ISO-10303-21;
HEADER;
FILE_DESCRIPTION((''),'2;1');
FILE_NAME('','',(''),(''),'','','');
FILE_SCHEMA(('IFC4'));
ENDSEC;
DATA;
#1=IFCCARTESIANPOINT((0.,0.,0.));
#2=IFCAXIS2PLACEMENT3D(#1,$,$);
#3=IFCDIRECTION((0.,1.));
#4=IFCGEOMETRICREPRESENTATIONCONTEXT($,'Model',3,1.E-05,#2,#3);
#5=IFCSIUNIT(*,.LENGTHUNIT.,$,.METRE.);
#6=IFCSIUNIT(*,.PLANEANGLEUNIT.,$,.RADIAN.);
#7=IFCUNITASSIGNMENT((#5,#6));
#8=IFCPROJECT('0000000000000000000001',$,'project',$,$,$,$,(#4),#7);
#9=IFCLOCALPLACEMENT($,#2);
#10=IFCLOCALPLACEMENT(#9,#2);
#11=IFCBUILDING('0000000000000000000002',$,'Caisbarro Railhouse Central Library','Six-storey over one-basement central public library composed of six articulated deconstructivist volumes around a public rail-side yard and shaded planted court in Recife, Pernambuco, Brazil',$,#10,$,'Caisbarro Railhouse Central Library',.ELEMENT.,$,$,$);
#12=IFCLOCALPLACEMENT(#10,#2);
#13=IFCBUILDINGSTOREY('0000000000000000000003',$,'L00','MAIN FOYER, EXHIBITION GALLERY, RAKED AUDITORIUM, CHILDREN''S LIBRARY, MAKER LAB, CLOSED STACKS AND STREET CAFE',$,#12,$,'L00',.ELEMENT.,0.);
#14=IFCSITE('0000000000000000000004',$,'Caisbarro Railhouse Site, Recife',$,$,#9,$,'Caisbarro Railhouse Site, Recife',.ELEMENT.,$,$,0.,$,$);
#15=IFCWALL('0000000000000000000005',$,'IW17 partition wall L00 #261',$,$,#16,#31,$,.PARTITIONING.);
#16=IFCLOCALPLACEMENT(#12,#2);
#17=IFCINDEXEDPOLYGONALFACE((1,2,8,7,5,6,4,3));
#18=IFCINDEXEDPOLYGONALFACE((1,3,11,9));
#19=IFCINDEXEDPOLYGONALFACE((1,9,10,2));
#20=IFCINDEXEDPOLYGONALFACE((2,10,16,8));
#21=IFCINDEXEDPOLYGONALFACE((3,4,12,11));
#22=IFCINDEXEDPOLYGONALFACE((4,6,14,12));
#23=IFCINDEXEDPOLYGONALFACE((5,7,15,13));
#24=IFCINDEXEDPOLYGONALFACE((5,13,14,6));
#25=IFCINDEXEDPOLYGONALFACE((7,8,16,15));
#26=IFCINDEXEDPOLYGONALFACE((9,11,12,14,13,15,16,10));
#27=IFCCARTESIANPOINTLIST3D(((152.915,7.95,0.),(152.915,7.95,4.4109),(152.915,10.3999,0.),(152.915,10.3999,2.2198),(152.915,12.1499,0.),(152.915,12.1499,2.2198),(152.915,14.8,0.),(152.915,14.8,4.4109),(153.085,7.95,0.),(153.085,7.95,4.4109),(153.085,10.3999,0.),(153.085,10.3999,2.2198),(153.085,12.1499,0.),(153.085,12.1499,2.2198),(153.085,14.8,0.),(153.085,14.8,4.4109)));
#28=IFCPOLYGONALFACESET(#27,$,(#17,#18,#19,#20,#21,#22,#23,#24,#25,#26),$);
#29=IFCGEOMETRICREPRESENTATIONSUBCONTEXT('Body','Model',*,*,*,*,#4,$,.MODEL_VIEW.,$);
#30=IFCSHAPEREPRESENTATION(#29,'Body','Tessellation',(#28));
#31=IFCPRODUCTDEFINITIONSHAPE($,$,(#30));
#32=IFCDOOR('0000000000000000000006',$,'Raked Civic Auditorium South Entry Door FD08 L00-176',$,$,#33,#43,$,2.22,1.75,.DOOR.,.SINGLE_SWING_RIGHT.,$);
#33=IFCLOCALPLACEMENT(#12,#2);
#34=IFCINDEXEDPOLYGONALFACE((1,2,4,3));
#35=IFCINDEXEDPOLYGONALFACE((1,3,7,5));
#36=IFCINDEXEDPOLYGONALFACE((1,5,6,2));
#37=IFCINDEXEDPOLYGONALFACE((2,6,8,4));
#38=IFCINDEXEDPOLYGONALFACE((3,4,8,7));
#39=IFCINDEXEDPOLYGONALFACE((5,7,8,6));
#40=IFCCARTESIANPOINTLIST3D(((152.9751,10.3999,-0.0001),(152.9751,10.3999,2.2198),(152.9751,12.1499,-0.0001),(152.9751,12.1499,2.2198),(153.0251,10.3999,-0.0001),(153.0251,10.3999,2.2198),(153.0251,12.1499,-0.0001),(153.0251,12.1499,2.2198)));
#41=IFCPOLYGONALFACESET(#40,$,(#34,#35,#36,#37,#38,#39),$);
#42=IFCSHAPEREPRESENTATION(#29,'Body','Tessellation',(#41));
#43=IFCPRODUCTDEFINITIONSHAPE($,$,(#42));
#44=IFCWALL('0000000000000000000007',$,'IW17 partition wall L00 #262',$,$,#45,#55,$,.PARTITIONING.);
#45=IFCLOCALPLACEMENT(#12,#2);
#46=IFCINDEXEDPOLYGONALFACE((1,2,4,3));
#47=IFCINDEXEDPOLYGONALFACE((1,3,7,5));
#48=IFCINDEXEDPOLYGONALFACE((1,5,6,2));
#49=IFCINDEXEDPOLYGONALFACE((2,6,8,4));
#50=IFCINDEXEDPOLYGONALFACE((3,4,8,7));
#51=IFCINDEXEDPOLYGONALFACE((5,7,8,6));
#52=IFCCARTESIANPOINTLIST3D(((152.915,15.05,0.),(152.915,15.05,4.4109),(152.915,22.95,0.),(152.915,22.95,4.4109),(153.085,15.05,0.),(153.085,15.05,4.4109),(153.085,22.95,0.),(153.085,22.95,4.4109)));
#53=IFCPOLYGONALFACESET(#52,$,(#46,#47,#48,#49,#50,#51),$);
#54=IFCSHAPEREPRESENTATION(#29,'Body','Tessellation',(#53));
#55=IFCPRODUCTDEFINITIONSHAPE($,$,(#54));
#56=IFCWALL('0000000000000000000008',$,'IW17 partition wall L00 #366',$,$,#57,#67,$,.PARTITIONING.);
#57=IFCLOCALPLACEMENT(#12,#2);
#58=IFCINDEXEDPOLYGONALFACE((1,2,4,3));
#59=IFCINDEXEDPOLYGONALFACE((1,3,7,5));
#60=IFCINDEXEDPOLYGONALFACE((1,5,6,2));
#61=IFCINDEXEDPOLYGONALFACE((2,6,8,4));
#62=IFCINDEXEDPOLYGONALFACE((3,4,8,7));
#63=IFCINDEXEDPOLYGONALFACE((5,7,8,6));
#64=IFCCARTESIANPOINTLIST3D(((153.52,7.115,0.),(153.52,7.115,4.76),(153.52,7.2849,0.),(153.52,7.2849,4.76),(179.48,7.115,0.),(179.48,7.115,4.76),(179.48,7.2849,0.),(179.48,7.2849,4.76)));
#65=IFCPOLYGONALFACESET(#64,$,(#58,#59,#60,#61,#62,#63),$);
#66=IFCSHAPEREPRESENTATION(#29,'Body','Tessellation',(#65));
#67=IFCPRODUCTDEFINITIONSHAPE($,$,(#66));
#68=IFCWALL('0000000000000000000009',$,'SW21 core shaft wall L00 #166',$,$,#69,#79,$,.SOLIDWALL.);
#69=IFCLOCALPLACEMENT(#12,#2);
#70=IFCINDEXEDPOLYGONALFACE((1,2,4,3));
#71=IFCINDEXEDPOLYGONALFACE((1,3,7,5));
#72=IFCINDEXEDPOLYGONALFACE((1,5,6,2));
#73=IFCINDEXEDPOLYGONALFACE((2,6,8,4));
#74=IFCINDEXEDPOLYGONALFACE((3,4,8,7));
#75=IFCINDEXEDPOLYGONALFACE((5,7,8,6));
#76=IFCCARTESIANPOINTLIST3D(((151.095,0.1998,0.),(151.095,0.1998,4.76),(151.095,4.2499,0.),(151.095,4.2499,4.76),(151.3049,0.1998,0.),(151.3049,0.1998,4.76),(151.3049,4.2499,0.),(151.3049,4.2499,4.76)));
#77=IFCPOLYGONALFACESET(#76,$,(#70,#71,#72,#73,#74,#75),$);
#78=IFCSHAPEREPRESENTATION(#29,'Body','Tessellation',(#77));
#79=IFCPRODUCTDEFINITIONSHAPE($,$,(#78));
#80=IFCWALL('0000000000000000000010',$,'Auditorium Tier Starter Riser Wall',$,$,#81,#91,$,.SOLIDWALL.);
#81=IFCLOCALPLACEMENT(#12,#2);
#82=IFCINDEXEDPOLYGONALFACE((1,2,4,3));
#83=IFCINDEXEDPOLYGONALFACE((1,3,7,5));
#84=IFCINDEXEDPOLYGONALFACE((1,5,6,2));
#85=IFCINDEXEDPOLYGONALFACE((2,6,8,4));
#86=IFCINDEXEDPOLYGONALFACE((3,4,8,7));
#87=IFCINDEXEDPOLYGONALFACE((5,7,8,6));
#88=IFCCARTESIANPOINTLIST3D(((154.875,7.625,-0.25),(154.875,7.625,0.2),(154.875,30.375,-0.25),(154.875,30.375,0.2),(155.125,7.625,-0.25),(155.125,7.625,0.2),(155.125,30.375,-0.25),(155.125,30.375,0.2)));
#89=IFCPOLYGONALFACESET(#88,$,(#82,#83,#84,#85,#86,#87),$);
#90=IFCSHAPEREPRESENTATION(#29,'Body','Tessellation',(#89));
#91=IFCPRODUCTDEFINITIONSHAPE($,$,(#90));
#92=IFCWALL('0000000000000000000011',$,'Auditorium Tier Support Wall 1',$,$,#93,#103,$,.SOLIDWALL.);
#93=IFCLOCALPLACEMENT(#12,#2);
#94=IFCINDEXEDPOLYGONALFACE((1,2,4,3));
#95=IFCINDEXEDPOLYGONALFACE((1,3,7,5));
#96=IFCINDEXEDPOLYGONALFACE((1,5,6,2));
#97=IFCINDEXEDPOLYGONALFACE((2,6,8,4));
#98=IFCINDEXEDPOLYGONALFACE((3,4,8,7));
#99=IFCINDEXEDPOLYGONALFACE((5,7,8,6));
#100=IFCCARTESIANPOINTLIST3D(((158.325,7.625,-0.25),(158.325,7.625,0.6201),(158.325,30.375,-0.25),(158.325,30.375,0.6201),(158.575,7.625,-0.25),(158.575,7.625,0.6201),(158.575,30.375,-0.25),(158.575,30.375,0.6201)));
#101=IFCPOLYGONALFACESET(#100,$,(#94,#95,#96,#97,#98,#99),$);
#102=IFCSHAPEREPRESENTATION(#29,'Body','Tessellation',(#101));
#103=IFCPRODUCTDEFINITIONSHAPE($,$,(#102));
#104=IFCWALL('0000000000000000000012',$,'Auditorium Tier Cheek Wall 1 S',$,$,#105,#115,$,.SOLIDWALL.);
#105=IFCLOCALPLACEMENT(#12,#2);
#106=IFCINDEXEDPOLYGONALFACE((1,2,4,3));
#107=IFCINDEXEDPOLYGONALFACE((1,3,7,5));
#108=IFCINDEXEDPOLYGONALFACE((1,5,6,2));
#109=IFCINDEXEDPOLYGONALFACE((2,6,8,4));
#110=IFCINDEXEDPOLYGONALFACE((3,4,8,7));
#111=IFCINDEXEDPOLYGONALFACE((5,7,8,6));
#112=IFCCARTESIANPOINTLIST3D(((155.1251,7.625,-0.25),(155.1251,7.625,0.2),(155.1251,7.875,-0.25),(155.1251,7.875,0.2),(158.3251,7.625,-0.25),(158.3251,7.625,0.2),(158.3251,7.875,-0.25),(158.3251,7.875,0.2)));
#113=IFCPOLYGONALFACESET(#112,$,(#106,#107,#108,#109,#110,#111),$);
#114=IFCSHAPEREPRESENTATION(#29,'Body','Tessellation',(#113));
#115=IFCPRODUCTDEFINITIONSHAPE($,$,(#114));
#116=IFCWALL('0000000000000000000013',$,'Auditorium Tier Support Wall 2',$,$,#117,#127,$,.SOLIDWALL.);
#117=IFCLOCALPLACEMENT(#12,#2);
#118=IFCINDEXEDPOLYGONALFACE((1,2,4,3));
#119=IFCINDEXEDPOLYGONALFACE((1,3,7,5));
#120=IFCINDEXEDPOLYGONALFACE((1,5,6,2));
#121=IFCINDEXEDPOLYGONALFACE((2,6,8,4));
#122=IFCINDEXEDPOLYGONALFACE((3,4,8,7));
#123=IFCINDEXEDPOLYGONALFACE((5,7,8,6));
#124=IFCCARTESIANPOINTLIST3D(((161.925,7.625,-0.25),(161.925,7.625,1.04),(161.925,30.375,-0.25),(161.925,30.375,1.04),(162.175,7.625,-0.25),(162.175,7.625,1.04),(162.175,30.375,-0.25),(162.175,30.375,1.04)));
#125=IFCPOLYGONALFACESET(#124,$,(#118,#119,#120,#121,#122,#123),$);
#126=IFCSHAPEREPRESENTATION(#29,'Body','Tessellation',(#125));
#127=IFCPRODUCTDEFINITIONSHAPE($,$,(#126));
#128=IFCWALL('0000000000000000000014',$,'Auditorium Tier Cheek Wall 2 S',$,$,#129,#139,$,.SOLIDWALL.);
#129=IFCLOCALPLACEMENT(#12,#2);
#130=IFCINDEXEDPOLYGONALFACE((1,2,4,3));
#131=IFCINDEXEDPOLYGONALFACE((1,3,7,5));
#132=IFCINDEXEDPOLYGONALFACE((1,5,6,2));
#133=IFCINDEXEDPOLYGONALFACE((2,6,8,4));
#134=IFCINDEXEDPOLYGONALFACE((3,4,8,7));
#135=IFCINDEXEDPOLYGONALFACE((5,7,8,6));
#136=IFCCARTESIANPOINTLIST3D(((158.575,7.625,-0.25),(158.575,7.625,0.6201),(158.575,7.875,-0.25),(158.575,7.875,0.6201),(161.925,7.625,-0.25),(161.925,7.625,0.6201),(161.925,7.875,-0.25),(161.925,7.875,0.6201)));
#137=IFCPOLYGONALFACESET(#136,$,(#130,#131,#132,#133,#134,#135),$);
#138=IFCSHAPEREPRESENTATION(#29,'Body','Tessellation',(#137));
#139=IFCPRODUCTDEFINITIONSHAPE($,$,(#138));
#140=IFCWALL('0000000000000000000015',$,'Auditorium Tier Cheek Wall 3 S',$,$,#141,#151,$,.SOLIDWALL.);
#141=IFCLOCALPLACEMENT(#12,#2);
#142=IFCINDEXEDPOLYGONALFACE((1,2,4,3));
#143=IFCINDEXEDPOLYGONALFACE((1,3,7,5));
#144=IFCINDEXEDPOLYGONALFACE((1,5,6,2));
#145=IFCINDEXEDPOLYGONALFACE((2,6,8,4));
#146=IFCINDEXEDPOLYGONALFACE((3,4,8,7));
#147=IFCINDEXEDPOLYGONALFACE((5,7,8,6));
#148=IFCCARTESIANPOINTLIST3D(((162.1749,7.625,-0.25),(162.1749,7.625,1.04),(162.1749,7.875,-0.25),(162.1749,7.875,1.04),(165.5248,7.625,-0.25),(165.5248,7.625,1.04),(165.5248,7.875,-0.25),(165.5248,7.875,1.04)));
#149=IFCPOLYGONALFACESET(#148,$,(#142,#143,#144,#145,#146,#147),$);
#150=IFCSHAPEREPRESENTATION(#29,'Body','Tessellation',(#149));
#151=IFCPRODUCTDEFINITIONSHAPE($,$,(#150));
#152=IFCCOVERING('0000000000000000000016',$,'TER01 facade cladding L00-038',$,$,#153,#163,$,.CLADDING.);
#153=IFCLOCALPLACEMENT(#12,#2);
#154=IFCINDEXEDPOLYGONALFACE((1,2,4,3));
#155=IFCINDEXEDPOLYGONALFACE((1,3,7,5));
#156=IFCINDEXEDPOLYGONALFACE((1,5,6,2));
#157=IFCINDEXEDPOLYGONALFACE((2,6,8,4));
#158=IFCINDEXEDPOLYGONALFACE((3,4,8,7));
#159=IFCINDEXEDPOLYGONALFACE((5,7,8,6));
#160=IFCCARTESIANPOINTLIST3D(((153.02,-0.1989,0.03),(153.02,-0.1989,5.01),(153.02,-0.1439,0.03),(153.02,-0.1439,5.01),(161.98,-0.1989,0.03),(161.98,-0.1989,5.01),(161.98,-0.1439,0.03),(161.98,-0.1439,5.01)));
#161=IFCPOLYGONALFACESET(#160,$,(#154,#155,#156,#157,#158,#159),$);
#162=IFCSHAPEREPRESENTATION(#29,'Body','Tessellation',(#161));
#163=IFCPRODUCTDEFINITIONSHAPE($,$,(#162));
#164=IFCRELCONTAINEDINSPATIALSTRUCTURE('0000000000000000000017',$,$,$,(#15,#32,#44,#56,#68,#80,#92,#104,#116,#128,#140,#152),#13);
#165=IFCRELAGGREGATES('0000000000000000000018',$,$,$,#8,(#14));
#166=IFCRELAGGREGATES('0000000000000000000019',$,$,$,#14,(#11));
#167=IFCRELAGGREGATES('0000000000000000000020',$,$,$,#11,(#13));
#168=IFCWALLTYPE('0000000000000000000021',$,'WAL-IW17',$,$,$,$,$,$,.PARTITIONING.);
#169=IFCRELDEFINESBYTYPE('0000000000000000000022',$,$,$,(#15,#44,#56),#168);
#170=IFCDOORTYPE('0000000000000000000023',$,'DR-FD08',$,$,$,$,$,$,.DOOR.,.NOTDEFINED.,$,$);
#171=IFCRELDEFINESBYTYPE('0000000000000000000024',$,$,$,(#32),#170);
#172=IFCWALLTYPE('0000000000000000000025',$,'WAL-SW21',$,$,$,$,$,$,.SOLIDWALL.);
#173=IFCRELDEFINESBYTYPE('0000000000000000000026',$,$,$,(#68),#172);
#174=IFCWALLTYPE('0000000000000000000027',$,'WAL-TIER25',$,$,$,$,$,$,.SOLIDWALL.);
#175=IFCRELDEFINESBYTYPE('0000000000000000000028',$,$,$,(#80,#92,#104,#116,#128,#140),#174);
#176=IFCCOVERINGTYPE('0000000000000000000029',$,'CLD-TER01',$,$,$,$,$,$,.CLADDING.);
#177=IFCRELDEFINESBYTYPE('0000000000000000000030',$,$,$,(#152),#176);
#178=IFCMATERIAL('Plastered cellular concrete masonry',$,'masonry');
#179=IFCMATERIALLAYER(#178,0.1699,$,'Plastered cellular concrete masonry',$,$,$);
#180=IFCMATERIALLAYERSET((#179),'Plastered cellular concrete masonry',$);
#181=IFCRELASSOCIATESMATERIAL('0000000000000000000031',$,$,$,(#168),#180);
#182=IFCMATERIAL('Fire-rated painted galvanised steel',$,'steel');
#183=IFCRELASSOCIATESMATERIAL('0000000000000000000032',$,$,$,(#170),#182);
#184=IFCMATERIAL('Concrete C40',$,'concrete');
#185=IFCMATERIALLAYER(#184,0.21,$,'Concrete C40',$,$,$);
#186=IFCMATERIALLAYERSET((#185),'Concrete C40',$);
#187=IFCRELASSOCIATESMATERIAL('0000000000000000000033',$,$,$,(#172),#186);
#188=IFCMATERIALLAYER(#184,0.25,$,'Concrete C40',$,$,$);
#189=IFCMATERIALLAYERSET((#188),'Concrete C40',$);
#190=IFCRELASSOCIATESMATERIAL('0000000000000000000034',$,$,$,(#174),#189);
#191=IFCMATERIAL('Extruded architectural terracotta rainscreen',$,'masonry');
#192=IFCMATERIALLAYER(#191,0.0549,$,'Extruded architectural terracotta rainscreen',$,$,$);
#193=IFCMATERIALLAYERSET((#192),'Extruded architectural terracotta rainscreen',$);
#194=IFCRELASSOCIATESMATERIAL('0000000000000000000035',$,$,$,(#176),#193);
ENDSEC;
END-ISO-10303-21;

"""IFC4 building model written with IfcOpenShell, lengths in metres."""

from ifc_helpers import new_model, si_unit, direction, frame, frame_2d, origin, origin_2d, place, context, subcontext, project, spatial, rectangle, extrude, material, layer, layer_set, type_object, element, fill, save


model = new_model("IFC4")

# Units and contexts
model_context = context("Model", 3, precision=1e-05, world=origin(), true_north=direction((0.0, 1.0)))
body_context = subcontext(model_context, "Body", "Model", "MODEL_VIEW")
ifc_project = project(units=[si_unit("LENGTHUNIT", "METRE"), si_unit("PLANEANGLEUNIT", "RADIAN")], contexts=[model_context])

# Site, building, storey
site_placement = place(None, origin())
site = spatial("IfcSite", under=ifc_project, at=site_placement, Name="Caisbarro Railhouse Site, Recife", LongName="Caisbarro Railhouse Site, Recife", CompositionType="ELEMENT", RefElevation=0.0)
building_placement = place(site_placement, origin())
building = spatial("IfcBuilding", under=site, at=building_placement, Name="Caisbarro Railhouse Central Library", Description="Six-storey over one-basement central public library composed of six articulated deconstructivist volumes around a public rail-side yard and shaded planted court in Recife, Pernambuco, Brazil", LongName="Caisbarro Railhouse Central Library", CompositionType="ELEMENT")
storey_placement = place(building_placement, origin())
storey = spatial("IfcBuildingStorey", under=building, at=storey_placement, Name="L00", Description="MAIN FOYER, EXHIBITION GALLERY, RAKED AUDITORIUM, CHILDREN'S LIBRARY, MAKER LAB, CLOSED STACKS AND STREET CAFE", LongName="L00", CompositionType="ELEMENT", Elevation=0.0)

# Shared definitions
ifc_material_1 = material(Name="Concrete C40", Category="concrete")

# Wall, opening, door
ifc_material_2 = material(Name="Plastered cellular concrete masonry", Category="masonry")
ifc_layer_1 = layer(ifc_material_2, 0.1699, Name="Plastered cellular concrete masonry")
ifc_layer_set_1 = layer_set([ifc_layer_1], Name="Plastered cellular concrete masonry")
wall_type_1 = type_object("IfcWallType", Name="WAL-IW17", PredefinedType="PARTITIONING", material=ifc_layer_set_1)
wall_1_placement = place(storey_placement, frame((153.0, 7.95, 0.0), z_axis=(0.0, 0.0, 1.0), x_axis=(0.0, 1.0, 0.0)))
wall_1 = element("IfcWall", 1, at=wall_1_placement, inside=storey, type_object=wall_type_1, Name="IW17 partition wall L00 #261", PredefinedType="PARTITIONING", context=body_context, shape_type="SweptSolid", body=[
    extrude(rectangle(XDim=6.8501, YDim=0.1699, at=frame_2d((3.425, 0.0))), origin(), (0.0, 0.0, 1.0), 4.4109),
])
opening_1_placement = place(wall_1_placement, frame((2.45, 0.0, 0.0)))
opening_1 = element("IfcOpeningElement", 2, at=opening_1_placement, cuts=wall_1, PredefinedType="OPENING", context=body_context, shape_type="SweptSolid", body=[
    extrude(rectangle(XDim=1.75, YDim=2.22, at=frame_2d((0.875, 1.1099))), frame((0.0, 0.095, 0.0), z_axis=(0.0, -1.0, 0.0), x_axis=(1.0, 0.0, 0.0)), (0.0, 0.0, 1.0), 0.1899),
])
ifc_material_3 = material(Name="Fire-rated painted galvanised steel", Category="steel")
door_type_1 = type_object("IfcDoorType", Name="DR-FD08", OperationType="NOTDEFINED", PredefinedType="DOOR", material=ifc_material_3)
door_1_placement = place(opening_1_placement, origin())
door_1 = element("IfcDoor", 3, at=door_1_placement, inside=storey, type_object=door_type_1, Name="Raked Civic Auditorium South Entry Door FD08 L00-176", OperationType="SINGLE_SWING_RIGHT", OverallHeight=2.22, OverallWidth=1.75, PredefinedType="DOOR", context=body_context, shape_type="SweptSolid", body=[
    extrude(rectangle(XDim=1.75, YDim=2.22, at=frame_2d((0.875, 1.1099))), frame((0.0, 0.0249, 0.0), z_axis=(0.0, -1.0, 0.0), x_axis=(1.0, 0.0, 0.0)), (0.0, 0.0, 1.0), 0.05),
])
fill(opening_1, door_1)

# Walls
wall_2_placement = place(storey_placement, frame((153.0, 15.05, 0.0), z_axis=(0.0, 0.0, 1.0), x_axis=(0.0, 1.0, 0.0)))
element("IfcWall", 4, at=wall_2_placement, inside=storey, type_object=wall_type_1, Name="IW17 partition wall L00 #262", PredefinedType="PARTITIONING", context=body_context, shape_type="SweptSolid", body=[
    extrude(rectangle(XDim=7.8999, YDim=0.1699, at=frame_2d((3.95, 0.0))), origin(), (0.0, 0.0, 1.0), 4.4109),
])
wall_3_placement = place(storey_placement, frame((153.52, 7.2, 0.0), z_axis=(0.0, 0.0, 1.0), x_axis=(1.0, 0.0, 0.0)))
element("IfcWall", 5, at=wall_3_placement, inside=storey, type_object=wall_type_1, Name="IW17 partition wall L00 #366", PredefinedType="PARTITIONING", context=body_context, shape_type="SweptSolid", body=[
    extrude(rectangle(XDim=25.96, YDim=0.1699, at=frame_2d((12.98, 0.0))), origin(), (0.0, 0.0, 1.0), 4.76),
])
ifc_layer_2 = layer(ifc_material_1, 0.21, Name="Concrete C40")
ifc_layer_set_2 = layer_set([ifc_layer_2], Name="Concrete C40")
wall_type_2 = type_object("IfcWallType", Name="WAL-SW21", PredefinedType="SOLIDWALL", material=ifc_layer_set_2)
wall_4_placement = place(storey_placement, frame((151.2, 0.2, 0.0), z_axis=(0.0, 0.0, 1.0), x_axis=(0.0, 1.0, 0.0)))
element("IfcWall", 6, at=wall_4_placement, inside=storey, type_object=wall_type_2, Name="SW21 core shaft wall L00 #166", PredefinedType="SOLIDWALL", context=body_context, shape_type="SweptSolid", body=[
    extrude(rectangle(XDim=4.05, YDim=0.21, at=frame_2d((2.0249, 0.0))), origin(), (0.0, 0.0, 1.0), 4.76),
])
ifc_layer_3 = layer(ifc_material_1, 0.25, Name="Concrete C40")
ifc_layer_set_3 = layer_set([ifc_layer_3], Name="Concrete C40")
wall_type_3 = type_object("IfcWallType", Name="WAL-TIER25", PredefinedType="SOLIDWALL", material=ifc_layer_set_3)
wall_5_placement = place(storey_placement, frame((155.0, 7.625, -0.25), z_axis=(0.0, 0.0, 1.0), x_axis=(0.0, 1.0, 0.0)))
element("IfcWall", 7, at=wall_5_placement, inside=storey, type_object=wall_type_3, Name="Auditorium Tier Starter Riser Wall", PredefinedType="SOLIDWALL", context=body_context, shape_type="SweptSolid", body=[
    extrude(rectangle(XDim=22.75, YDim=0.25, at=frame_2d((11.375, 0.0))), origin(), (0.0, 0.0, 1.0), 0.45),
])
wall_6_placement = place(storey_placement, frame((158.45, 7.625, -0.25), z_axis=(0.0, 0.0, 1.0), x_axis=(0.0, 1.0, 0.0)))
element("IfcWall", 8, at=wall_6_placement, inside=storey, type_object=wall_type_3, Name="Auditorium Tier Support Wall 1", PredefinedType="SOLIDWALL", context=body_context, shape_type="SweptSolid", body=[
    extrude(rectangle(XDim=22.75, YDim=0.25, at=frame_2d((11.375, 0.0))), origin(), (0.0, 0.0, 1.0), 0.8701),
])
wall_7_placement = place(storey_placement, frame((155.125, 7.75, -0.25), z_axis=(0.0, 0.0, 1.0), x_axis=(1.0, 0.0, 0.0)))
element("IfcWall", 9, at=wall_7_placement, inside=storey, type_object=wall_type_3, Name="Auditorium Tier Cheek Wall 1 S", PredefinedType="SOLIDWALL", context=body_context, shape_type="SweptSolid", body=[
    extrude(rectangle(XDim=3.2, YDim=0.25, at=frame_2d((1.6001, 0.0))), origin(), (0.0, 0.0, 1.0), 0.45),
])
wall_8_placement = place(storey_placement, frame((162.05, 7.625, -0.25), z_axis=(0.0, 0.0, 1.0), x_axis=(0.0, 1.0, 0.0)))
element("IfcWall", 10, at=wall_8_placement, inside=storey, type_object=wall_type_3, Name="Auditorium Tier Support Wall 2", PredefinedType="SOLIDWALL", context=body_context, shape_type="SweptSolid", body=[
    extrude(rectangle(XDim=22.75, YDim=0.25, at=frame_2d((11.375, 0.0))), origin(), (0.0, 0.0, 1.0), 1.29),
])
wall_9_placement = place(storey_placement, frame((158.575, 7.75, -0.25), z_axis=(0.0, 0.0, 1.0), x_axis=(1.0, 0.0, 0.0)))
element("IfcWall", 11, at=wall_9_placement, inside=storey, type_object=wall_type_3, Name="Auditorium Tier Cheek Wall 2 S", PredefinedType="SOLIDWALL", context=body_context, shape_type="SweptSolid", body=[
    extrude(rectangle(XDim=3.3501, YDim=0.25, at=frame_2d((1.675, 0.0))), origin(), (0.0, 0.0, 1.0), 0.8701),
])
wall_10_placement = place(storey_placement, frame((162.175, 7.75, -0.25), z_axis=(0.0, 0.0, 1.0), x_axis=(1.0, 0.0, 0.0)))
element("IfcWall", 12, at=wall_10_placement, inside=storey, type_object=wall_type_3, Name="Auditorium Tier Cheek Wall 3 S", PredefinedType="SOLIDWALL", context=body_context, shape_type="SweptSolid", body=[
    extrude(rectangle(XDim=3.3499, YDim=0.25, at=frame_2d((1.6748, 0.0))), origin(), (0.0, 0.0, 1.0), 1.29),
])

# Covering
ifc_material_4 = material(Name="Extruded architectural terracotta rainscreen", Category="masonry")
ifc_layer_4 = layer(ifc_material_4, 0.0549, Name="Extruded architectural terracotta rainscreen")
ifc_layer_set_4 = layer_set([ifc_layer_4], Name="Extruded architectural terracotta rainscreen")
covering_type = type_object("IfcCoveringType", Name="CLD-TER01", PredefinedType="CLADDING", material=ifc_layer_set_4)
covering_placement = place(storey_placement, frame((157.5, -0.1714, 0.03), z_axis=(0.0, 0.0, 1.0), x_axis=(1.0, 0.0, 0.0)))
element("IfcCovering", 13, at=covering_placement, inside=storey, type_object=covering_type, Name="TER01 facade cladding L00-038", PredefinedType="CLADDING", context=body_context, shape_type="SweptSolid", body=[
    extrude(rectangle(XDim=8.96, YDim=0.0549, at=origin_2d()), origin(), (0.0, 0.0, 1.0), 4.98),
])

save(model, "model.ifc")
